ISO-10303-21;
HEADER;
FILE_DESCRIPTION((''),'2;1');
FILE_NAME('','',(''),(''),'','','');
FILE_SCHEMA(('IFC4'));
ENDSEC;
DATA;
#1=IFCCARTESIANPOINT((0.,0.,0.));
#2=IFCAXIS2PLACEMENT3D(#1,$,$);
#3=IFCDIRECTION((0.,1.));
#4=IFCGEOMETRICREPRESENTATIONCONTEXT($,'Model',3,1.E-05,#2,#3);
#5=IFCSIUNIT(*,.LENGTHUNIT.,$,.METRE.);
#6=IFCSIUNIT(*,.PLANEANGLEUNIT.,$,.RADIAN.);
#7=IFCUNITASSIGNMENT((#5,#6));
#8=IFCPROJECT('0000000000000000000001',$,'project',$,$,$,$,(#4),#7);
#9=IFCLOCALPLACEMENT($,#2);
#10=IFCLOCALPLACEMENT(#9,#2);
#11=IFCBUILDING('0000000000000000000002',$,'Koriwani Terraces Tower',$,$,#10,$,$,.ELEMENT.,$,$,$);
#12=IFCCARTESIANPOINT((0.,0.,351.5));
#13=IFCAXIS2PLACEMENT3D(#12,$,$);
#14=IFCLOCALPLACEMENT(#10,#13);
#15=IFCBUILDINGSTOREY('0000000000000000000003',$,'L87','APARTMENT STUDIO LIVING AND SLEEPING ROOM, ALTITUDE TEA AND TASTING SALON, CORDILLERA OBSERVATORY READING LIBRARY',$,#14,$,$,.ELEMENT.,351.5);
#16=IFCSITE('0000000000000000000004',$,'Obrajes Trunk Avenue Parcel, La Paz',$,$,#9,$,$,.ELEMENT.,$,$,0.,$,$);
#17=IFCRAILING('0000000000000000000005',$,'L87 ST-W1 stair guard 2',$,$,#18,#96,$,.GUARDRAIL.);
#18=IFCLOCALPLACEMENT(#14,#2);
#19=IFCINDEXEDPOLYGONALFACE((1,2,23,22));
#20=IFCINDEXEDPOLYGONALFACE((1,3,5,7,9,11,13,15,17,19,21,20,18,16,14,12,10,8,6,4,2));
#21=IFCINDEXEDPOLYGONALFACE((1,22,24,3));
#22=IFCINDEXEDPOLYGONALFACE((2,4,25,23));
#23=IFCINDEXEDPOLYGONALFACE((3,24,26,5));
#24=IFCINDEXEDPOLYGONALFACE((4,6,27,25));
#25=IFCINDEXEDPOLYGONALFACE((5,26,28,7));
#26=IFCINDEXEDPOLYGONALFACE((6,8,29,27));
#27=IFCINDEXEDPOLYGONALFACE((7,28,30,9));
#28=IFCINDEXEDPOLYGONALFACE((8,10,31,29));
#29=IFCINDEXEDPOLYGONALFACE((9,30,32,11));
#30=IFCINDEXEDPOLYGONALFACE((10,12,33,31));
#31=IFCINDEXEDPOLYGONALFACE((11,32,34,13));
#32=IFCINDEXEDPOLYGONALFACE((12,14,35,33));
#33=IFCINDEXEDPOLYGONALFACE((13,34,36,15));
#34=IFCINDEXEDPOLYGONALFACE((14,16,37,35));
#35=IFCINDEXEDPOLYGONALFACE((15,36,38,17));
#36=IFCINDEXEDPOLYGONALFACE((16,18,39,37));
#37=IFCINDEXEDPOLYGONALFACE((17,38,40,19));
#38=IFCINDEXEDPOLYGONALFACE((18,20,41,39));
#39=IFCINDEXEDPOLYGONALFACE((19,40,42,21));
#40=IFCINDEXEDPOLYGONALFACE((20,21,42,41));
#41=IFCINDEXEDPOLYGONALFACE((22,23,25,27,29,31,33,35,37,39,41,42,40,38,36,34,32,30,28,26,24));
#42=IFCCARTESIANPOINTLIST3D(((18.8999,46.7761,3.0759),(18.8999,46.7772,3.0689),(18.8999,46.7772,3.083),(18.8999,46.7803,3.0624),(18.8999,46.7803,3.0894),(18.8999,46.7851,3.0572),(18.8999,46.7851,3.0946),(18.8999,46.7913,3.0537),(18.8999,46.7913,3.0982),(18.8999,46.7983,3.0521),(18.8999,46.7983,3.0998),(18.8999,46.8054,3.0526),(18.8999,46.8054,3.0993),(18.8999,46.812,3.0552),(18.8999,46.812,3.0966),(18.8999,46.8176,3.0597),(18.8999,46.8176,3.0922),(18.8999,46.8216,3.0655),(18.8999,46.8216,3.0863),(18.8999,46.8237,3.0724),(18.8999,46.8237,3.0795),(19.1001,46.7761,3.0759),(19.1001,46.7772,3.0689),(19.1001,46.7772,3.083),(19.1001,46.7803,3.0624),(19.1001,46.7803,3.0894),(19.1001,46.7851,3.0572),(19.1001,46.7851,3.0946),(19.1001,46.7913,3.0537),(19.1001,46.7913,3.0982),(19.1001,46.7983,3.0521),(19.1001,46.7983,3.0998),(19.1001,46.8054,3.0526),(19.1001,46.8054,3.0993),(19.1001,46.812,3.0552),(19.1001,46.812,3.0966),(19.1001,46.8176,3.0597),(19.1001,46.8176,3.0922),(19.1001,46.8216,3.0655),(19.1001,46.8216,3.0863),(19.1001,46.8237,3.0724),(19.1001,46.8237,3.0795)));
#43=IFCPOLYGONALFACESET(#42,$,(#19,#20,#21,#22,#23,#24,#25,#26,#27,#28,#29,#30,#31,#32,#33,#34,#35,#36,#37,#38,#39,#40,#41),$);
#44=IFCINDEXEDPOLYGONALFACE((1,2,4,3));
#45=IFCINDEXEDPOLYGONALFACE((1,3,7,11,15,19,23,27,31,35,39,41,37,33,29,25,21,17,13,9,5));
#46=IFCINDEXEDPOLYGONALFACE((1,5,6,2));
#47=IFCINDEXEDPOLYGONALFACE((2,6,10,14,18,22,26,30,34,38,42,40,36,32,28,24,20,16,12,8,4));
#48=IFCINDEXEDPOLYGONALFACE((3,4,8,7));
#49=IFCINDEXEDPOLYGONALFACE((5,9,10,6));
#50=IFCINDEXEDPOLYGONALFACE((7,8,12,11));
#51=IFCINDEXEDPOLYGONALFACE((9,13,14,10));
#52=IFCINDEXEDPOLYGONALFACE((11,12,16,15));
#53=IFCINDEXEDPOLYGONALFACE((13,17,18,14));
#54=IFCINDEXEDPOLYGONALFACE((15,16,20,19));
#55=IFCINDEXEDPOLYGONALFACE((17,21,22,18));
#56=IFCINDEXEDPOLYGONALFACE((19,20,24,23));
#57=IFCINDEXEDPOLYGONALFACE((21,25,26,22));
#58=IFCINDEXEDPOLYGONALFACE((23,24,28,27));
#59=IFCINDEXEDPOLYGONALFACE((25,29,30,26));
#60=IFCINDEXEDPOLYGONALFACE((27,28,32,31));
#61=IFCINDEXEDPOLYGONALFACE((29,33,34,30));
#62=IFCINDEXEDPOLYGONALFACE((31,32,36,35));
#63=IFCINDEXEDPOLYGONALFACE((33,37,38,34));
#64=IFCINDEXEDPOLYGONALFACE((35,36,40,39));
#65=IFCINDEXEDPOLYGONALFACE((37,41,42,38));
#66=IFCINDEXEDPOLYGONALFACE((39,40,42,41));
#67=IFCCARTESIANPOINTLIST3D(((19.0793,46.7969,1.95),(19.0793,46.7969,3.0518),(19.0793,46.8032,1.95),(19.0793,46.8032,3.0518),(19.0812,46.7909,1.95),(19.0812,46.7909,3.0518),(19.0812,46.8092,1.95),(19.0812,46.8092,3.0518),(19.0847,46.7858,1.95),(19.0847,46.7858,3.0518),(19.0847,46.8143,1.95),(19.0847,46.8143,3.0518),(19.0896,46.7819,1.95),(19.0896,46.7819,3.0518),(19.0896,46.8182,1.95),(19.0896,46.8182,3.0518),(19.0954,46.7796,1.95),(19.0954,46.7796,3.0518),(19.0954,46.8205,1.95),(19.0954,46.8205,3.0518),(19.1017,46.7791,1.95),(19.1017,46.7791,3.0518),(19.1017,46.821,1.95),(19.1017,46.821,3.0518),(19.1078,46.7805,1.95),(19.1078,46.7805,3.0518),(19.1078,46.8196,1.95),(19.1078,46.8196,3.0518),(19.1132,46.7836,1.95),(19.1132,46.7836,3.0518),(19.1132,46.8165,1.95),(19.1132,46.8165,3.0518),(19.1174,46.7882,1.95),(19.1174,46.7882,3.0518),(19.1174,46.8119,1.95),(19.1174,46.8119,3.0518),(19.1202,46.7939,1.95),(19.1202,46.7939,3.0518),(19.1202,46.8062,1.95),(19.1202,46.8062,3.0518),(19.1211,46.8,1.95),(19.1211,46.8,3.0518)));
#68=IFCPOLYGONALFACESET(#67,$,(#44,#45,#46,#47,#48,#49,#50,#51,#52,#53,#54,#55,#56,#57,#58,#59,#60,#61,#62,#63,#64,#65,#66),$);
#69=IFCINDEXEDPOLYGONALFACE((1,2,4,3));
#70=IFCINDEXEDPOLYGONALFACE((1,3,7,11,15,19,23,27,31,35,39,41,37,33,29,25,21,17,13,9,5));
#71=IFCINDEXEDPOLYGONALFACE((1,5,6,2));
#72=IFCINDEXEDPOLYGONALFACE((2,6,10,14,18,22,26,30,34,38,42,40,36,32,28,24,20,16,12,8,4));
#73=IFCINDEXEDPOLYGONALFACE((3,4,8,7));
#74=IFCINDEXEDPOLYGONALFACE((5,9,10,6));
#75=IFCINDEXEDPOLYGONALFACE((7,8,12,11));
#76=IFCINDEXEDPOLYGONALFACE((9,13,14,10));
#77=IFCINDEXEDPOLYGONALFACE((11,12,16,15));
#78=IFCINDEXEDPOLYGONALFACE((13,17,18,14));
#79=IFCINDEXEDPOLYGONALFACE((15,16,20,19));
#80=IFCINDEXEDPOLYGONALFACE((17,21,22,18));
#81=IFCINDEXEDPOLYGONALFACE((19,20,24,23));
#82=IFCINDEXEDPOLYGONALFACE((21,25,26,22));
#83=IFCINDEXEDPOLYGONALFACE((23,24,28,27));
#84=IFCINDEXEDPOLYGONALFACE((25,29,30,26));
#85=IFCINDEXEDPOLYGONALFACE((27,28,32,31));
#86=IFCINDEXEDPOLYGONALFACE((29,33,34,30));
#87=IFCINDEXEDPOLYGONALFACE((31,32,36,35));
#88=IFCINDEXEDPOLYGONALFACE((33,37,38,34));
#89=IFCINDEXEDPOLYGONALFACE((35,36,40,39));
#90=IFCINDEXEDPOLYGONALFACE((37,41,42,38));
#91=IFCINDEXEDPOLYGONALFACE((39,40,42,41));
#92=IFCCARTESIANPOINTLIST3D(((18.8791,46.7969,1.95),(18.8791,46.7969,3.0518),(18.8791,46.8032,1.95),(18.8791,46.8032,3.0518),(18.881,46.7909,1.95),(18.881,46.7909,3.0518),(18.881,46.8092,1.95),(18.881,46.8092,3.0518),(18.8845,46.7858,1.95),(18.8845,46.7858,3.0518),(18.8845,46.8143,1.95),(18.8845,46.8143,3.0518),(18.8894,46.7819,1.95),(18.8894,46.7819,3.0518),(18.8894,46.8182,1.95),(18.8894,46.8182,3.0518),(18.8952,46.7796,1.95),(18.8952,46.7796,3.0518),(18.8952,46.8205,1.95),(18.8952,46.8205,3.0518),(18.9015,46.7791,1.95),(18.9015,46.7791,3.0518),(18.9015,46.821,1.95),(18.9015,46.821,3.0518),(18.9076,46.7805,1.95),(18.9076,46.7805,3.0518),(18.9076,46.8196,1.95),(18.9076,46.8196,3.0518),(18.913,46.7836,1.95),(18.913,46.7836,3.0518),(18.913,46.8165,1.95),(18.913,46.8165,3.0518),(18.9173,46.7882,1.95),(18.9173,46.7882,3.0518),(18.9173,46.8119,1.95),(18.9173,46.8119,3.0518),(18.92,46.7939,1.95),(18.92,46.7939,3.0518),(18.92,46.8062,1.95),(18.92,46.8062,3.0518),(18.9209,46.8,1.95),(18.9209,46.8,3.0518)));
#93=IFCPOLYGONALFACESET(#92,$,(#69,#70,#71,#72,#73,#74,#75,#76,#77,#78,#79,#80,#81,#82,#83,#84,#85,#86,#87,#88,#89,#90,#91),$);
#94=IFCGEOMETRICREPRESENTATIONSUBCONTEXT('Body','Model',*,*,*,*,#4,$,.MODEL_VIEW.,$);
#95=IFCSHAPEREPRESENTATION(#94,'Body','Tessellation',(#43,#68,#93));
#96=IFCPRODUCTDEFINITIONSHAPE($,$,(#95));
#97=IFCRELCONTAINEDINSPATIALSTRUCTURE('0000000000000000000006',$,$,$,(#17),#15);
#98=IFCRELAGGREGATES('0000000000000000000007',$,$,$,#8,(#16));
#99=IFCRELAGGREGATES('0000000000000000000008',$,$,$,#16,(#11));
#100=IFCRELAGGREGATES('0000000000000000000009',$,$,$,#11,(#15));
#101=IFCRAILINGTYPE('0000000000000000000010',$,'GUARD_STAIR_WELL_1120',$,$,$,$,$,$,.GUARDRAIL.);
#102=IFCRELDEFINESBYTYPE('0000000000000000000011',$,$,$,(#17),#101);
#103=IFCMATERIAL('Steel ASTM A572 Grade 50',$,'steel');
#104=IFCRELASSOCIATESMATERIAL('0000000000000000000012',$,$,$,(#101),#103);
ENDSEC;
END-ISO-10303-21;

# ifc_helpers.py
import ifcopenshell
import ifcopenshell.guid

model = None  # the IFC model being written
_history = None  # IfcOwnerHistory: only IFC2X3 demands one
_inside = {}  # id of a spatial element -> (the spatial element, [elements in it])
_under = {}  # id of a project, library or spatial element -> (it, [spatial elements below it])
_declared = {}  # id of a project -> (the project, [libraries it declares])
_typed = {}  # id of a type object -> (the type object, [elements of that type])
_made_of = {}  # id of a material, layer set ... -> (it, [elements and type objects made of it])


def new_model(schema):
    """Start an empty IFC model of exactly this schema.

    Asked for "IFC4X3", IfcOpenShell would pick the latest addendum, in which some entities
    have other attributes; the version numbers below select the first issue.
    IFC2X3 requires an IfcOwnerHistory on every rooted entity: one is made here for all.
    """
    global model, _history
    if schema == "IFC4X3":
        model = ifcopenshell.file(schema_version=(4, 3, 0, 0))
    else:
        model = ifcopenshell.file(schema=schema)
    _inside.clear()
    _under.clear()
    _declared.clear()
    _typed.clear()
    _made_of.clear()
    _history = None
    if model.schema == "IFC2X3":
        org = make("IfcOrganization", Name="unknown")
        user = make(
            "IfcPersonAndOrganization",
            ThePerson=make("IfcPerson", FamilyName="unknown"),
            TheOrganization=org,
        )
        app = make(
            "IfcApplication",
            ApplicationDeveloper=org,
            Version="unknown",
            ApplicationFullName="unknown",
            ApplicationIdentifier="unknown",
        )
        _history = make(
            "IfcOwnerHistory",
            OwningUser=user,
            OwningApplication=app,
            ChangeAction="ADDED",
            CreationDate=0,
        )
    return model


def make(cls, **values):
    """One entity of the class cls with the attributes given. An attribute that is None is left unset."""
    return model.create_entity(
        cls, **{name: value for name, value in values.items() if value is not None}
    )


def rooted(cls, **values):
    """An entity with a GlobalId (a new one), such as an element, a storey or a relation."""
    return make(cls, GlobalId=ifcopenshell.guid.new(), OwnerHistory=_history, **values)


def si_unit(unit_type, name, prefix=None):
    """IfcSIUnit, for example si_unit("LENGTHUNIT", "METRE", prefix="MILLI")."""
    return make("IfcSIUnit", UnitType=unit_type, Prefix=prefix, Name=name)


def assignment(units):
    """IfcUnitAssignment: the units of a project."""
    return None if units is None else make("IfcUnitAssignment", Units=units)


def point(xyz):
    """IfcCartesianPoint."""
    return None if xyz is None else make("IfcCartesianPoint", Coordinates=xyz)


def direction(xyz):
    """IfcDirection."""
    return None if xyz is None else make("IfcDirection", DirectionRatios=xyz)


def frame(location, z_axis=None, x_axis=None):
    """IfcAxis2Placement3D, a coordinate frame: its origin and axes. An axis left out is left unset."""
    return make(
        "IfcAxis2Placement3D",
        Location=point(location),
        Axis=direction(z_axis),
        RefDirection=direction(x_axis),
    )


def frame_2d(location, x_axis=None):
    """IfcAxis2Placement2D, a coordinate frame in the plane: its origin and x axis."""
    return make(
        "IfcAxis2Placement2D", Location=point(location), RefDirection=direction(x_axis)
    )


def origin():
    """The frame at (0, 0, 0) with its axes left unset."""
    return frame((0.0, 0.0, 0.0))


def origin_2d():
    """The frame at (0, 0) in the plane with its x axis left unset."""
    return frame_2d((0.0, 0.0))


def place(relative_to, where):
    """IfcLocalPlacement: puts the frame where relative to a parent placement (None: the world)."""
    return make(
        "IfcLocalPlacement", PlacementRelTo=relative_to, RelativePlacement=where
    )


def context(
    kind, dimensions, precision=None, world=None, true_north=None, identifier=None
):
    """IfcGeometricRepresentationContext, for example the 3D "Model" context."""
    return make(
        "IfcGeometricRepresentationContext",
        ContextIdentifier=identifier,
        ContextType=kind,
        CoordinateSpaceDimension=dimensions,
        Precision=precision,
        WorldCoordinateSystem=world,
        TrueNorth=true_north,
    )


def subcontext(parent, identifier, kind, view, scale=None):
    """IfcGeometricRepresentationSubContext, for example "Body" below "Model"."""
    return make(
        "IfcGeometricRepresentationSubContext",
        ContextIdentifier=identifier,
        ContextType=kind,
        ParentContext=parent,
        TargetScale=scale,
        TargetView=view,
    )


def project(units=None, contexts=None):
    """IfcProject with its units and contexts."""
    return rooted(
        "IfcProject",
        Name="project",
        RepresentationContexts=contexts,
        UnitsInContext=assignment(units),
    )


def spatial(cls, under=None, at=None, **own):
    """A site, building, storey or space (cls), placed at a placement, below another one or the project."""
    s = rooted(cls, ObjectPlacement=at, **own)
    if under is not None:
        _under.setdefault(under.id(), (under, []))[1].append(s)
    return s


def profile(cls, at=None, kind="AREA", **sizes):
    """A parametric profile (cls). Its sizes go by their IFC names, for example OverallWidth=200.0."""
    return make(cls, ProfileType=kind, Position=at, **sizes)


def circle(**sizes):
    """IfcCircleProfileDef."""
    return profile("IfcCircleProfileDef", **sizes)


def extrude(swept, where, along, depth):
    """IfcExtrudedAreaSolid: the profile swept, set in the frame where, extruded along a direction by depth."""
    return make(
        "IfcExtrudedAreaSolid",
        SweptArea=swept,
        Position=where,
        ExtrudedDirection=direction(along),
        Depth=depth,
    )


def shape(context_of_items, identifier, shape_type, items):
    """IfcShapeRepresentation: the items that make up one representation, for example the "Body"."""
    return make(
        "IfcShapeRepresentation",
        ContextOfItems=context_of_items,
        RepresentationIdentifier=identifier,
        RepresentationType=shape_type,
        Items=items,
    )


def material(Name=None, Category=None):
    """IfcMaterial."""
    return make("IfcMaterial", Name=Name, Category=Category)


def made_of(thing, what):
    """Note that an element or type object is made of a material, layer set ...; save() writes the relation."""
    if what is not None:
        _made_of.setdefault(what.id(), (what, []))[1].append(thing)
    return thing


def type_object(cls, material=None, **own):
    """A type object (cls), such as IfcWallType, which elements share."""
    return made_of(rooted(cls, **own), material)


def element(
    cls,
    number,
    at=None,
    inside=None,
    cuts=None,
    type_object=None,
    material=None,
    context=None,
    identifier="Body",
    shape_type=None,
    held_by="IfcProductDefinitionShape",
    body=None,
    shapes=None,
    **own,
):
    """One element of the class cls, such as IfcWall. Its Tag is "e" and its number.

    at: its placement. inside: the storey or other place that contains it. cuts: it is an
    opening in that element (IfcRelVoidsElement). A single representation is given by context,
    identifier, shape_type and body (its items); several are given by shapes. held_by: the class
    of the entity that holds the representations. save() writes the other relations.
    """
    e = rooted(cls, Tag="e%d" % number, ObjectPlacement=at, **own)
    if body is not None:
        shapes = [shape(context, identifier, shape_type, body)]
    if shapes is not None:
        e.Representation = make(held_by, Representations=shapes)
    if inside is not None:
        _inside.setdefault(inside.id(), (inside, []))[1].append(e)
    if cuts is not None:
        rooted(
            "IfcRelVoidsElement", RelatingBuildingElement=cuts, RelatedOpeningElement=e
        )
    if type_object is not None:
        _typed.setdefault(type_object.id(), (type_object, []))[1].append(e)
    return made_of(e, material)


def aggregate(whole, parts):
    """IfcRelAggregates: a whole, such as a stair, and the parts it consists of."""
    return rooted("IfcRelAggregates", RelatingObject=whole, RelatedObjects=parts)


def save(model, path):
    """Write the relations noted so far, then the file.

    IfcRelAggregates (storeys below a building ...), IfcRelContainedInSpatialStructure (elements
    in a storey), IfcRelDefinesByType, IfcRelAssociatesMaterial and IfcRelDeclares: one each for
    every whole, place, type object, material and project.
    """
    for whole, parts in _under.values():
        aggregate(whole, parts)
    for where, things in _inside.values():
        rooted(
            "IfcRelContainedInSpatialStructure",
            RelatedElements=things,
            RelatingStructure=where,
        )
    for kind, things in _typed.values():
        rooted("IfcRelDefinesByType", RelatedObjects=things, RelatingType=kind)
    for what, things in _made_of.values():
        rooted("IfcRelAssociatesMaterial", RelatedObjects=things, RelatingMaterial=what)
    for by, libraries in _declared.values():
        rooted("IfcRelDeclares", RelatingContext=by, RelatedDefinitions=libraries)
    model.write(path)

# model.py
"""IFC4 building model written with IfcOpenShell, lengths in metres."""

from ifc_helpers import new_model, si_unit, direction, frame, origin, origin_2d, place, context, subcontext, project, spatial, circle, extrude, material, type_object, element, save


model = new_model("IFC4")

# Units and contexts
model_context = context("Model", 3, precision=1e-05, world=origin(), true_north=direction((0.0, 1.0)))
body_context = subcontext(model_context, "Body", "Model", "MODEL_VIEW")
ifc_project = project(units=[si_unit("LENGTHUNIT", "METRE"), si_unit("PLANEANGLEUNIT", "RADIAN")], contexts=[model_context])

# Site, building, storey
site_placement = place(None, origin())
site = spatial("IfcSite", under=ifc_project, at=site_placement, Name="Obrajes Trunk Avenue Parcel, La Paz", CompositionType="ELEMENT", RefElevation=0.0)
building_placement = place(site_placement, origin())
building = spatial("IfcBuilding", under=site, at=building_placement, Name="Koriwani Terraces Tower", CompositionType="ELEMENT")
storey_placement = place(building_placement, frame((0.0, 0.0, 351.5)))
storey = spatial("IfcBuildingStorey", under=building, at=storey_placement, Name="L87", Description="APARTMENT STUDIO LIVING AND SLEEPING ROOM, ALTITUDE TEA AND TASTING SALON, CORDILLERA OBSERVATORY READING LIBRARY", CompositionType="ELEMENT", Elevation=351.5)

# Shared definitions
ifc_material_1 = material(Name="Steel ASTM A572 Grade 50", Category="steel")

# Railing
railing_type_1 = type_object("IfcRailingType", Name="GUARD_STAIR_WELL_1120", PredefinedType="GUARDRAIL", material=ifc_material_1)
railing_1_placement = place(storey_placement, frame((19.1001, 46.8, 1.95)))
element("IfcRailing", 1, at=railing_1_placement, inside=storey, type_object=railing_type_1, Name="L87 ST-W1 stair guard 2", PredefinedType="GUARDRAIL", context=body_context, shape_type="SweptSolid", body=[
    extrude(circle(Radius=0.0239, at=origin_2d()), frame((0.0, 0.0, 1.126), z_axis=(-1.0, 0.0, 0.0), x_axis=(0.0, -1.0, 0.0)), (0.0, 0.0, 1.0), 0.2002),
    extrude(circle(Radius=0.021, at=origin_2d()), origin(), (0.0, 0.0, 1.0), 1.1018),
    extrude(circle(Radius=0.021, at=origin_2d()), frame((-0.2002, 0.0, 0.0)), (0.0, 0.0, 1.0), 1.1018),
])

save(model, "model.ifc")
